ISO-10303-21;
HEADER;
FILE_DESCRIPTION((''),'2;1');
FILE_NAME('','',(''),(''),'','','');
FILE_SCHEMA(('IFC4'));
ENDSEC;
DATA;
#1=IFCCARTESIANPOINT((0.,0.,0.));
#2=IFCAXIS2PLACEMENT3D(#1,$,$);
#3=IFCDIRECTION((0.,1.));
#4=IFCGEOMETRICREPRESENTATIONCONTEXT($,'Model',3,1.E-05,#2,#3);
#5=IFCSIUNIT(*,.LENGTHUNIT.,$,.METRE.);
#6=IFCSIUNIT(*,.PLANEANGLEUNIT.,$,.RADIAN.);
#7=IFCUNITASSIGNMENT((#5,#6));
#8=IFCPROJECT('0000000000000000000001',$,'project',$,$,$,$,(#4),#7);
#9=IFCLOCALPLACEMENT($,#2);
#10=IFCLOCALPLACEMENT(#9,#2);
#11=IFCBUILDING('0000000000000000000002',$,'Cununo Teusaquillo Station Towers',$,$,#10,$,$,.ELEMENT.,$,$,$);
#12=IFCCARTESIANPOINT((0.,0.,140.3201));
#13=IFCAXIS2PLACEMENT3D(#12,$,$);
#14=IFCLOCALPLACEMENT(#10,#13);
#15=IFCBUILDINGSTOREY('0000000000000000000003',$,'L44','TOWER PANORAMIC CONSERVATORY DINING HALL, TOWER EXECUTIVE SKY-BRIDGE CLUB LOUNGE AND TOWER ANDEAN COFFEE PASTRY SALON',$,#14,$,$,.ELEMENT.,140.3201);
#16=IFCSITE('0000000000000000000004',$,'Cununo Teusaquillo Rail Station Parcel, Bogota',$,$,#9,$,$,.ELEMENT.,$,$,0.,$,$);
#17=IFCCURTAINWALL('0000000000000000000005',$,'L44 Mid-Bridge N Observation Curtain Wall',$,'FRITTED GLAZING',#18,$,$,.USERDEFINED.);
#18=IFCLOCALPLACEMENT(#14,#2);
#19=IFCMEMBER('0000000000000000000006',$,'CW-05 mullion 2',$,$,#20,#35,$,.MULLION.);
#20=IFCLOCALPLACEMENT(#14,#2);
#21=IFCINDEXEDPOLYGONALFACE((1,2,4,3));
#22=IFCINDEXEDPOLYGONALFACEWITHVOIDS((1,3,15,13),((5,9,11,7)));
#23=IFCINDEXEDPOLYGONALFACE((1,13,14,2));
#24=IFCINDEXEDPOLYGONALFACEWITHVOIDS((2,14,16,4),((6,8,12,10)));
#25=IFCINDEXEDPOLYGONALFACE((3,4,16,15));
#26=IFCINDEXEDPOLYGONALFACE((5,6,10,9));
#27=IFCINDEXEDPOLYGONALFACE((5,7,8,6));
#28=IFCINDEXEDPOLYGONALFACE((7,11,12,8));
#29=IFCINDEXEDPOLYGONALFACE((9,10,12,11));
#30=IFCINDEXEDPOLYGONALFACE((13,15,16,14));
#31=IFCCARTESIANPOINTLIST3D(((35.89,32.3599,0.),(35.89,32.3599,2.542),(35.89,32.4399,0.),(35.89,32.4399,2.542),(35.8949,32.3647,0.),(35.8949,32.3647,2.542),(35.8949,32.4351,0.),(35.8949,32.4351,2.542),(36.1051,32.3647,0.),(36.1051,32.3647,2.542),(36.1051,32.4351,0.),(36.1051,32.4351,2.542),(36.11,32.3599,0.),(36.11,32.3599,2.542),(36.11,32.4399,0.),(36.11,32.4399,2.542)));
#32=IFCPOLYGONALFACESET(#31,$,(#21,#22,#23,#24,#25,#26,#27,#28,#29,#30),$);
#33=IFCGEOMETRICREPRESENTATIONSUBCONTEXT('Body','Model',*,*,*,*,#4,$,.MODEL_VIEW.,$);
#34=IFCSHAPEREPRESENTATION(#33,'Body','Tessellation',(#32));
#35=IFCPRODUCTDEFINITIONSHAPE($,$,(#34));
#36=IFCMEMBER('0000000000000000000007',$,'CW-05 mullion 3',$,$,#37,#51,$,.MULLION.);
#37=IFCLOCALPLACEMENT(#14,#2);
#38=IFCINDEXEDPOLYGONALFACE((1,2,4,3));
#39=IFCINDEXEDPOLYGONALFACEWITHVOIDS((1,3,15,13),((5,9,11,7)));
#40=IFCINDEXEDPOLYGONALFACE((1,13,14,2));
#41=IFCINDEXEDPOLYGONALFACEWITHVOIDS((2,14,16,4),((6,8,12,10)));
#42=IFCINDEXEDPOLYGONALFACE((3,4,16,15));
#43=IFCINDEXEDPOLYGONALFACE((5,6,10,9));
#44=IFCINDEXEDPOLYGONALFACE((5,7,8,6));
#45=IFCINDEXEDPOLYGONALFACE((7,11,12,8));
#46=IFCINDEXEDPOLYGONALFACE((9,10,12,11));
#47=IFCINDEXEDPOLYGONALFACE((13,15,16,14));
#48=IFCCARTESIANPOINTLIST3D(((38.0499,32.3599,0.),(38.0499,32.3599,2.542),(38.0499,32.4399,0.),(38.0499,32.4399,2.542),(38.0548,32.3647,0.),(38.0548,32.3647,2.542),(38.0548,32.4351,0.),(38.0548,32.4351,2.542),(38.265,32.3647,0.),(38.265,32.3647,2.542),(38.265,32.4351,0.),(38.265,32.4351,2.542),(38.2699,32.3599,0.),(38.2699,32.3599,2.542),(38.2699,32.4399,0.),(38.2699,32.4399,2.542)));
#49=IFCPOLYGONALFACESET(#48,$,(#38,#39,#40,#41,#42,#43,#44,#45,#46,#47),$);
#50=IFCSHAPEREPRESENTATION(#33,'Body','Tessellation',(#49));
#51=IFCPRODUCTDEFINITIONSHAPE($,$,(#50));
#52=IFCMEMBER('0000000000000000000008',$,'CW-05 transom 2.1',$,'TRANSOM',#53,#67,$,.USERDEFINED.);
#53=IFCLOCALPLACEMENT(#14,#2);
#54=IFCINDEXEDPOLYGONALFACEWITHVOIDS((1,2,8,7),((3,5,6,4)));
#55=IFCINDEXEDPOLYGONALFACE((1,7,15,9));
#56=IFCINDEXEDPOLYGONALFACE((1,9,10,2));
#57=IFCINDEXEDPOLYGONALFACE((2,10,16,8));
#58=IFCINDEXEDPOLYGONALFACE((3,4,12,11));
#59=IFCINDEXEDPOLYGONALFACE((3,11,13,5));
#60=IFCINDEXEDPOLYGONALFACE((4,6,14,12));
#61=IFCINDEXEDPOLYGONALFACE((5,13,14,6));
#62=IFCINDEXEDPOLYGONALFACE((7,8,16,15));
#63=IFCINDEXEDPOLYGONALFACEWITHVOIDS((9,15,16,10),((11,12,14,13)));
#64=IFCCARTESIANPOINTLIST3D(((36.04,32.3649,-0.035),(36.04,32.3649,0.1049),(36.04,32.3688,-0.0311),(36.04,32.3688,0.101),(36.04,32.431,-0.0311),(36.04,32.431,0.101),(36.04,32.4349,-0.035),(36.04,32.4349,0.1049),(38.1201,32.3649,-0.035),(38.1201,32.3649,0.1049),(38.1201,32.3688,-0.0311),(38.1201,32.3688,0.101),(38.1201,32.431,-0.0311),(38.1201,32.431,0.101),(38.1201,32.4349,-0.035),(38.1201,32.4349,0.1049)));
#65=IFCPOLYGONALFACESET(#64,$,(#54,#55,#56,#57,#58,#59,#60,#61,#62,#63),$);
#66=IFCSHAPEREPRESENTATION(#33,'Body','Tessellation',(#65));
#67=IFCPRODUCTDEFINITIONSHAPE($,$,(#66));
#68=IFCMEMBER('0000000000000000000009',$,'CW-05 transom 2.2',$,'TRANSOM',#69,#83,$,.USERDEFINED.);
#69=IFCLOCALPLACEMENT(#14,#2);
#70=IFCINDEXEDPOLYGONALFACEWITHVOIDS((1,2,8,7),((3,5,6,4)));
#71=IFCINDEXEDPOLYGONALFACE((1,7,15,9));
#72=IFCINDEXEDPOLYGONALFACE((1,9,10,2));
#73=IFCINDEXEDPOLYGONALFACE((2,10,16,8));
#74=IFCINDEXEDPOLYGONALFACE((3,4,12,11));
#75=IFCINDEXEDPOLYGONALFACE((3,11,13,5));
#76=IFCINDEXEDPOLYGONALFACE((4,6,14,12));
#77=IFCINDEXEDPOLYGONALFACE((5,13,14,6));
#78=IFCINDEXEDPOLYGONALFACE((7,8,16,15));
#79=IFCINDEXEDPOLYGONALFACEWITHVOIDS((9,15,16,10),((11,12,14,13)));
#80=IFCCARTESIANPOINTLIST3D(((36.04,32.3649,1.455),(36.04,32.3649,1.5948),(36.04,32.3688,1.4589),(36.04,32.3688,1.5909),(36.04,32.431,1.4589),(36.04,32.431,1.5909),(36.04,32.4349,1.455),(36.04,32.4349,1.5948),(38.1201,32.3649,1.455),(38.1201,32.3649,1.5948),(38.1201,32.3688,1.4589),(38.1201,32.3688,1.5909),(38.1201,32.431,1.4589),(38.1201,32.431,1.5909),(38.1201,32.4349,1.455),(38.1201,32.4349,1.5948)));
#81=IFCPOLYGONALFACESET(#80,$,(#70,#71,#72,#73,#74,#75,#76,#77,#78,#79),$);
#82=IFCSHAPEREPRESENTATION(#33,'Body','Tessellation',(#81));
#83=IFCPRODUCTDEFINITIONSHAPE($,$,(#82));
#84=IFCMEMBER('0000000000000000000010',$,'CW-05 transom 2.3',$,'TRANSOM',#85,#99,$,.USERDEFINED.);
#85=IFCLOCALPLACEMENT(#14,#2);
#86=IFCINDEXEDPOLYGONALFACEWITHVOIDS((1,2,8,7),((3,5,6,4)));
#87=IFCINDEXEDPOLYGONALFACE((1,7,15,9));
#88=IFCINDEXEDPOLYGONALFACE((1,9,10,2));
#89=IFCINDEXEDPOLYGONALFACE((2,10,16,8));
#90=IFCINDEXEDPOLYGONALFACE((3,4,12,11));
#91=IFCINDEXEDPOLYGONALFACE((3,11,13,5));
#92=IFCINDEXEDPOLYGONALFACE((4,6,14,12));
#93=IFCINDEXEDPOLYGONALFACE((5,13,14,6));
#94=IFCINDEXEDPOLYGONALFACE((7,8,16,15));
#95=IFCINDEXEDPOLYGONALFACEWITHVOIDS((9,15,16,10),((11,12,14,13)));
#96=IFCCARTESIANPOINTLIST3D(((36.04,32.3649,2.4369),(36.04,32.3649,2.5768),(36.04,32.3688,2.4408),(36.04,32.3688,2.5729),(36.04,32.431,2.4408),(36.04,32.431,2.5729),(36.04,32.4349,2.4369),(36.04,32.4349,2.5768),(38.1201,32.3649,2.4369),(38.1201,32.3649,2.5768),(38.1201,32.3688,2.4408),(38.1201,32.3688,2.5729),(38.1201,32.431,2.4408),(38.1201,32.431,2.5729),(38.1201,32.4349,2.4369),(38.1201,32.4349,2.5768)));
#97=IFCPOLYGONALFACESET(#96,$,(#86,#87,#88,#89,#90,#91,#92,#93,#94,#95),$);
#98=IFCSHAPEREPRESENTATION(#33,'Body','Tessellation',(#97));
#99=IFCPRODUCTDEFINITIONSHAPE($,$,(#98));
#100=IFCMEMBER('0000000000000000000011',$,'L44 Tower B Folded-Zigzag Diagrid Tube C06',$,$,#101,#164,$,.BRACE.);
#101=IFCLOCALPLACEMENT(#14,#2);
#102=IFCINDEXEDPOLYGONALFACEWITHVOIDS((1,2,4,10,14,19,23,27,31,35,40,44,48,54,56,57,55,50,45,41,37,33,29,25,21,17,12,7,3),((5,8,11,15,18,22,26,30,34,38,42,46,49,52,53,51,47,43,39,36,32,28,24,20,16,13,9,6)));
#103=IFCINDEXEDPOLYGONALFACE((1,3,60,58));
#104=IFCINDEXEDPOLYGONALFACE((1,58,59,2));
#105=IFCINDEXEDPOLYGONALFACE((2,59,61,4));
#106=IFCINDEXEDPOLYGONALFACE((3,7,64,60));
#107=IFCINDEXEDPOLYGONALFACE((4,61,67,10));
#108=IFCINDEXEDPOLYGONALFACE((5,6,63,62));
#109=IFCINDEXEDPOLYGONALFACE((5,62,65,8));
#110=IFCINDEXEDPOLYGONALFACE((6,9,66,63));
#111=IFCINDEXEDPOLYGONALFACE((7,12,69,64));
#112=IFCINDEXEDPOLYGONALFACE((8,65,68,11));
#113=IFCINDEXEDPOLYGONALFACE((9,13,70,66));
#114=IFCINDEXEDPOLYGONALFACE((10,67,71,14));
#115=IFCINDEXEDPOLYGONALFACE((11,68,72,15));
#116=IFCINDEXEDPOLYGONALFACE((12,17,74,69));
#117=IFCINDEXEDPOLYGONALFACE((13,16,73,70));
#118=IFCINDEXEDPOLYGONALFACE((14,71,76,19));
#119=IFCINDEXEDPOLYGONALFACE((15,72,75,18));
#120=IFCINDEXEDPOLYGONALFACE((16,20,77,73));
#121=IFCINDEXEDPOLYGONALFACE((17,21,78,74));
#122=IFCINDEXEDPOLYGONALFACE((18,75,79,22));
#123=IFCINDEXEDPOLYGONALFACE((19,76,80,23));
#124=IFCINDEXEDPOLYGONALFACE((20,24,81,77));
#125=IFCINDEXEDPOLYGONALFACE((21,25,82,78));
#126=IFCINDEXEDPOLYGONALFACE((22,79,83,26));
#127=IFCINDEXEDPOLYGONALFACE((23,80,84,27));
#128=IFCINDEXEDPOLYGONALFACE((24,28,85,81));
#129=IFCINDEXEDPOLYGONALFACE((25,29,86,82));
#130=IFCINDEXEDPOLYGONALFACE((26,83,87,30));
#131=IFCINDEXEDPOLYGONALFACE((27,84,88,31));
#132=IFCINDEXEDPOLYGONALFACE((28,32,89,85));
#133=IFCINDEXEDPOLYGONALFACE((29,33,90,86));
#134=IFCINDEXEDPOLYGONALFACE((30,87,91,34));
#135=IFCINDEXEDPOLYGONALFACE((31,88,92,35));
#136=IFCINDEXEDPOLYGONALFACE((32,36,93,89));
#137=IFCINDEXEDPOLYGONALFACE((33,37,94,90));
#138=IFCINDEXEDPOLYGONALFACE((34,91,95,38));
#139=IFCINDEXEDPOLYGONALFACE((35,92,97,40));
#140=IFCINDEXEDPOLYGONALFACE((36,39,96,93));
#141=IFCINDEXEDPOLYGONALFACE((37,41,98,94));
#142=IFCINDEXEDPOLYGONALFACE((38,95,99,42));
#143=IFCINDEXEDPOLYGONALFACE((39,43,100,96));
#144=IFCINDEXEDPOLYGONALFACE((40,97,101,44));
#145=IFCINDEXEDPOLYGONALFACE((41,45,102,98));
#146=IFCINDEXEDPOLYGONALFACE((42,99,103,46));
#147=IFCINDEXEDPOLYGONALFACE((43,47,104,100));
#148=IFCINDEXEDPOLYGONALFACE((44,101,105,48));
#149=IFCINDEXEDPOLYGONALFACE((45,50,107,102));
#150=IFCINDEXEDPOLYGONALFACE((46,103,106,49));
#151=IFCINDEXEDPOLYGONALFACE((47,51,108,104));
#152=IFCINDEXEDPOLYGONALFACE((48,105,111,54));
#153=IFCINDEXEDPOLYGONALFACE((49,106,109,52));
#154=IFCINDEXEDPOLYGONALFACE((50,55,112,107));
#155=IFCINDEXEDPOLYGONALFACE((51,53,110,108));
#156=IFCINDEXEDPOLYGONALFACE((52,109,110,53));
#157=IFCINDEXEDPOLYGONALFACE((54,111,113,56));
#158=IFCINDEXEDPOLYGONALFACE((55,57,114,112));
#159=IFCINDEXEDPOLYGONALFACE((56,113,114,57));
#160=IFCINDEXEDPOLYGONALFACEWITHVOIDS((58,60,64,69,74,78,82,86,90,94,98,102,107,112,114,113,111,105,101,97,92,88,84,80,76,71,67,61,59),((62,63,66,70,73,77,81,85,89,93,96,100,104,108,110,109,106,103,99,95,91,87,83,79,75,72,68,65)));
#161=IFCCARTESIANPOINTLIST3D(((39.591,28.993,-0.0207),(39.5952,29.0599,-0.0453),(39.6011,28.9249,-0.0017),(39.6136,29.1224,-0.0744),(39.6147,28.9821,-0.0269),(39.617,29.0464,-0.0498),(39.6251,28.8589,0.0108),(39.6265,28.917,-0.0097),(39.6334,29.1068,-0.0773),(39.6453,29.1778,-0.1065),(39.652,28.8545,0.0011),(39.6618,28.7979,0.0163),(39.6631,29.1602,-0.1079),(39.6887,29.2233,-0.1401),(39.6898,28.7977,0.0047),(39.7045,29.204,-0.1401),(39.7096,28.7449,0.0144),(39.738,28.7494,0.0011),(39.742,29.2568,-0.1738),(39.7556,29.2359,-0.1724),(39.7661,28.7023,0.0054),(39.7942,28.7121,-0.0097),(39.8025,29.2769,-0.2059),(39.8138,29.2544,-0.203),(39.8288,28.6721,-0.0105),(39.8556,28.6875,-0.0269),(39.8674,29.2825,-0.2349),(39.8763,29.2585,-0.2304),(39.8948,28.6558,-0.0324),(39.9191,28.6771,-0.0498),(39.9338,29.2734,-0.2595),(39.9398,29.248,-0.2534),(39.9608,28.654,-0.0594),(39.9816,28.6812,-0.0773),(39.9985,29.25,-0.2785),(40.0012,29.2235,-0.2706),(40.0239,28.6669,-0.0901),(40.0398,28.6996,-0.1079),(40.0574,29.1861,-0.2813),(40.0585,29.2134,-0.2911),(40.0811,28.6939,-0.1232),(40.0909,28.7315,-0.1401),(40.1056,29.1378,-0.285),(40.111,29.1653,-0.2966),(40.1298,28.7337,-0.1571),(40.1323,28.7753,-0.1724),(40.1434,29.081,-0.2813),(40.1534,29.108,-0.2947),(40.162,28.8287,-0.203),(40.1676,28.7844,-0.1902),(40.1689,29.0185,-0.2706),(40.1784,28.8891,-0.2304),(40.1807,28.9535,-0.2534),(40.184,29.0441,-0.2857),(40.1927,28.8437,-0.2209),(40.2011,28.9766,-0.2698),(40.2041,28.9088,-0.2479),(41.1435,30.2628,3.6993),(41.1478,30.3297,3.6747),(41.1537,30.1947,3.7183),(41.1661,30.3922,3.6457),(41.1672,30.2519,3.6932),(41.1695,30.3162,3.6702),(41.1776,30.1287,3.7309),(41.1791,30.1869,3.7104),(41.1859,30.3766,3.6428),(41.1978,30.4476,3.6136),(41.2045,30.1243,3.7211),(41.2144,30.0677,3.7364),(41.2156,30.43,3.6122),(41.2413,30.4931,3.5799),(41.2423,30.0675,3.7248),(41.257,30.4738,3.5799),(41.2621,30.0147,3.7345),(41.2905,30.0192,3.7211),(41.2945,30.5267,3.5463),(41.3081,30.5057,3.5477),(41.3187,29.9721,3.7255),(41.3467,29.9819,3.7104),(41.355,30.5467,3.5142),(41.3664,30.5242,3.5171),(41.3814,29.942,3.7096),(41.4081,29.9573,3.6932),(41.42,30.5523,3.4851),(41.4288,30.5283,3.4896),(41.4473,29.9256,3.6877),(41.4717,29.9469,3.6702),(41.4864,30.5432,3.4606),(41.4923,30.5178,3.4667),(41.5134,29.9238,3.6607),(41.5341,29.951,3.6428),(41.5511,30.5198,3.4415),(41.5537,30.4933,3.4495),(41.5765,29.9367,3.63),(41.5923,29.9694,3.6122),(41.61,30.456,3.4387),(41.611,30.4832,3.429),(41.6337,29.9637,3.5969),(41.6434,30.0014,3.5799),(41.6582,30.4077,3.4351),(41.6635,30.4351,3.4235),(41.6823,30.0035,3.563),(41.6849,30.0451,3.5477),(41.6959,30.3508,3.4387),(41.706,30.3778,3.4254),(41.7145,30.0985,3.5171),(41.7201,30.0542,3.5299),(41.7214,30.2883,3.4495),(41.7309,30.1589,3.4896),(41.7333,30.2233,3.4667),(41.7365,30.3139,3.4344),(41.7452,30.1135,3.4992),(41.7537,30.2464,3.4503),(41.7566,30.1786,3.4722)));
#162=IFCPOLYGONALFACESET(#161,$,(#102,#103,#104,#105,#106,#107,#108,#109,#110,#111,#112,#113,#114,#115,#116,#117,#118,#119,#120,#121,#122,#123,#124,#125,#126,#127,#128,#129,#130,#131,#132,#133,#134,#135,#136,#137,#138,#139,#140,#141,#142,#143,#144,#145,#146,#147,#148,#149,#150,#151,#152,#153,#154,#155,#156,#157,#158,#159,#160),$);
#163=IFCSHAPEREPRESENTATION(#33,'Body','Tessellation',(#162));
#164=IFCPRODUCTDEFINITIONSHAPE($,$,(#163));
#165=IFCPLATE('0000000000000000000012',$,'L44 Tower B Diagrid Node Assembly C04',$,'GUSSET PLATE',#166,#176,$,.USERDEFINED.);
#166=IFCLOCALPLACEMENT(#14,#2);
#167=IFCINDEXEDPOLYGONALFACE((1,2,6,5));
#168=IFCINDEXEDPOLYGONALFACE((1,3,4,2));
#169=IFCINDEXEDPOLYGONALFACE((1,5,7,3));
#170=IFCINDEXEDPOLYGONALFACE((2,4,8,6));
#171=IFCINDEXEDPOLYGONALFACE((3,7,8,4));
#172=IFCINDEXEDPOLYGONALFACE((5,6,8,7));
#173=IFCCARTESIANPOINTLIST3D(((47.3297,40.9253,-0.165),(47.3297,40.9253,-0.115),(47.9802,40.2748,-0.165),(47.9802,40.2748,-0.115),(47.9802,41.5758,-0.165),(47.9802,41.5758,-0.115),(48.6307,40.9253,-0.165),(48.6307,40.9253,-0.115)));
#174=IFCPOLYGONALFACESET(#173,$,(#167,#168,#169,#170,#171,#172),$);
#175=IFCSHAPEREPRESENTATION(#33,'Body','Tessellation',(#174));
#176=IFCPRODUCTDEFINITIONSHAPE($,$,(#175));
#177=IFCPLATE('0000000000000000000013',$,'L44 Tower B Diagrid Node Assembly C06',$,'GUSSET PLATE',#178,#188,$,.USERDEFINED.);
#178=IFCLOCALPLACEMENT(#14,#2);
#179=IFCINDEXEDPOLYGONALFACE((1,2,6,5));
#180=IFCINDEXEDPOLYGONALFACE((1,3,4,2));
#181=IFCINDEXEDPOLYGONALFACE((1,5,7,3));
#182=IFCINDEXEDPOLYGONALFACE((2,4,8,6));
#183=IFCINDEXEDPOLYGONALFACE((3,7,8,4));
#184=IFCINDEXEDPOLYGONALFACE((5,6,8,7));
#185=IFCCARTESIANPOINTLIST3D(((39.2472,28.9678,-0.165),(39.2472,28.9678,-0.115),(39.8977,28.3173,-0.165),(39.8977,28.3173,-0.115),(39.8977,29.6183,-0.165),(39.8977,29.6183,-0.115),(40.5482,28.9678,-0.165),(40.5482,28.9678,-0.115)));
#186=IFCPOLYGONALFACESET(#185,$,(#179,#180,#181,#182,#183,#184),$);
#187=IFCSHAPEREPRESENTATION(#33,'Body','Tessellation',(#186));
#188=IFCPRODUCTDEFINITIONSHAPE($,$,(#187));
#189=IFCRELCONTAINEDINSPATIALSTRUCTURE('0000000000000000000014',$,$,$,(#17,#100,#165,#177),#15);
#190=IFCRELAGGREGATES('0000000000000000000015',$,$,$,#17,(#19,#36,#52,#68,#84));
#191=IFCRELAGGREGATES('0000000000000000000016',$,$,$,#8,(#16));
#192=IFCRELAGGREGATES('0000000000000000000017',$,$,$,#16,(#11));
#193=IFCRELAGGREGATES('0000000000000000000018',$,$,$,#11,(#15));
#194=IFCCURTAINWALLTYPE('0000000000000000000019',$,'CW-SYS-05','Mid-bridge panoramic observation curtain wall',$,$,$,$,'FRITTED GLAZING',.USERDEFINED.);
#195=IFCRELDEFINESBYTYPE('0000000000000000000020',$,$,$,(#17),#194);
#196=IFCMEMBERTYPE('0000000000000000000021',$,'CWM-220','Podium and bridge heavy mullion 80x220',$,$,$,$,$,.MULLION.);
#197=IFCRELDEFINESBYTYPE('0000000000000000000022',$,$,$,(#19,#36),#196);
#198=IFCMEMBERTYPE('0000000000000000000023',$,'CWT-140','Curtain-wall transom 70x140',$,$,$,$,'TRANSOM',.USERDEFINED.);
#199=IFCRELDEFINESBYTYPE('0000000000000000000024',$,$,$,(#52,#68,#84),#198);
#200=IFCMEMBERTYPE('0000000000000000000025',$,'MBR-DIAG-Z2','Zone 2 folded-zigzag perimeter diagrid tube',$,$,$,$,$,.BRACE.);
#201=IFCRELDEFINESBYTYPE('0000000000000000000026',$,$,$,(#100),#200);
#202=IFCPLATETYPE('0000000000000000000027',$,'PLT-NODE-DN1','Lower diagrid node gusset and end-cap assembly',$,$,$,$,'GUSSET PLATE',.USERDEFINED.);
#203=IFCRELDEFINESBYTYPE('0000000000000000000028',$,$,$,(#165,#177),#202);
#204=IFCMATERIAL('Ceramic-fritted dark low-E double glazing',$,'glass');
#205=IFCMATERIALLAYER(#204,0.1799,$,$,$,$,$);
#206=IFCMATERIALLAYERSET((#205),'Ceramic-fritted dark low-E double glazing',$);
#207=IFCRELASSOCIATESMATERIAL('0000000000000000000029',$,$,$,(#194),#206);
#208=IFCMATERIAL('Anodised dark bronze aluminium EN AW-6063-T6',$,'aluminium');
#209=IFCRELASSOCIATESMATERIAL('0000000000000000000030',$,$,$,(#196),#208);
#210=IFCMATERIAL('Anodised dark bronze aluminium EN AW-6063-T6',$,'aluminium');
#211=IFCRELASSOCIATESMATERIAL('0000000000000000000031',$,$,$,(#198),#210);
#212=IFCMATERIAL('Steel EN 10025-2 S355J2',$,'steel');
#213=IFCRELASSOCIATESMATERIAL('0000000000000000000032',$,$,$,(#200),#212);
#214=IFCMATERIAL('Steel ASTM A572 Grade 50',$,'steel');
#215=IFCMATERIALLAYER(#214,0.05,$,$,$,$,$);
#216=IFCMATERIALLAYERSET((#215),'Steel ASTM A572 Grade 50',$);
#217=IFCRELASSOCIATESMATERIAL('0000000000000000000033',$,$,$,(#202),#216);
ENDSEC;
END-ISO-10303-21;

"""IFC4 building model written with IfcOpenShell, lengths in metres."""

from ifc_helpers import new_model, si_unit, direction, frame, origin, origin_2d, place, context, subcontext, project, spatial, rectangle, hollow_rectangle, hollow_circle, extrude, source, transform, mapped, material, layer, layer_set, material_profile, profile_set, type_object, element, aggregate, save


model = new_model("IFC4")

# Units and contexts
model_context = context("Model", 3, precision=1e-05, world=origin(), true_north=direction((0.0, 1.0)))
body_context = subcontext(model_context, "Body", "Model", "MODEL_VIEW")
ifc_project = project(units=[si_unit("LENGTHUNIT", "METRE"), si_unit("PLANEANGLEUNIT", "RADIAN")], contexts=[model_context])

# Site, building, storey
site_placement = place(None, origin())
site = spatial("IfcSite", under=ifc_project, at=site_placement, Name="Cununo Teusaquillo Rail Station Parcel, Bogota", CompositionType="ELEMENT", RefElevation=0.0)
building_placement = place(site_placement, origin())
building = spatial("IfcBuilding", under=site, at=building_placement, Name="Cununo Teusaquillo Station Towers", CompositionType="ELEMENT")
storey_placement = place(building_placement, frame((0.0, 0.0, 140.3201)))
storey = spatial("IfcBuildingStorey", under=building, at=storey_placement, Name="L44", Description="TOWER PANORAMIC CONSERVATORY DINING HALL, TOWER EXECUTIVE SKY-BRIDGE CLUB LOUNGE AND TOWER ANDEAN COFFEE PASTRY SALON", CompositionType="ELEMENT", Elevation=140.3201)

# Curtain wall, members
ifc_material_1 = material(Name="Ceramic-fritted dark low-E double glazing", Category="glass")
ifc_layer_1 = layer(ifc_material_1, 0.1799)
ifc_layer_set_1 = layer_set([ifc_layer_1], Name="Ceramic-fritted dark low-E double glazing")
curtain_wall_type = type_object("IfcCurtainWallType", Name="CW-SYS-05", Description="Mid-bridge panoramic observation curtain wall", ElementType="FRITTED GLAZING", PredefinedType="USERDEFINED", material=ifc_layer_set_1)
curtain_wall_placement = place(storey_placement, origin())
curtain_wall = element("IfcCurtainWall", 1, at=curtain_wall_placement, inside=storey, type_object=curtain_wall_type, Name="L44 Mid-Bridge N Observation Curtain Wall", ObjectType="FRITTED GLAZING", PredefinedType="USERDEFINED")
ifc_material_2 = material(Name="Anodised dark bronze aluminium EN AW-6063-T6", Category="aluminium")
ifc_material_profile_1 = material_profile(ifc_material_2, hollow_rectangle(XDim=0.0801, YDim=0.22, WallThickness=0.0049, at=origin_2d()), Name="CW-MULL-80x220")
ifc_profile_set_1 = profile_set([ifc_material_profile_1], Name="Anodised dark bronze aluminium EN AW-6063-T6")
member_type_1 = type_object("IfcMemberType", Name="CWM-220", Description="Podium and bridge heavy mullion 80x220", PredefinedType="MULLION", material=ifc_profile_set_1)
member_1_placement = place(storey_placement, frame((36.0, 32.3999, 0.0), z_axis=(0.0, 0.0, 1.0), x_axis=(0.0, 1.0, 0.0)))
member_1 = element("IfcMember", 2, at=member_1_placement, type_object=member_type_1, Name="CW-05 mullion 2", PredefinedType="MULLION", context=body_context, shape_type="SweptSolid", body=[
    extrude(hollow_rectangle(XDim=0.0801, YDim=0.22, WallThickness=0.0049, at=origin_2d()), origin(), (0.0, 0.0, 1.0), 2.542),
])
member_2_placement = place(storey_placement, frame((38.1599, 32.3999, 0.0), z_axis=(0.0, 0.0, 1.0), x_axis=(0.0, 1.0, 0.0)))
member_2 = element("IfcMember", 3, at=member_2_placement, type_object=member_type_1, Name="CW-05 mullion 3", PredefinedType="MULLION", context=body_context, shape_type="SweptSolid", body=[
    extrude(hollow_rectangle(XDim=0.0801, YDim=0.22, WallThickness=0.0049, at=origin_2d()), origin(), (0.0, 0.0, 1.0), 2.542),
])
ifc_material_3 = material(Name="Anodised dark bronze aluminium EN AW-6063-T6", Category="aluminium")
ifc_material_profile_2 = material_profile(ifc_material_3, hollow_rectangle(XDim=0.0701, YDim=0.1399, WallThickness=0.0039, at=origin_2d()), Name="CW-TRAN-70x140")
ifc_profile_set_2 = profile_set([ifc_material_profile_2], Name="Anodised dark bronze aluminium EN AW-6063-T6")
member_type_2 = type_object("IfcMemberType", Name="CWT-140", Description="Curtain-wall transom 70x140", ElementType="TRANSOM", PredefinedType="USERDEFINED", material=ifc_profile_set_2)
member_3_placement = place(storey_placement, frame((36.04, 32.3999, 0.0349), z_axis=(1.0, 0.0, 0.0), x_axis=(0.0, 1.0, 0.0)))
member_3 = element("IfcMember", 4, at=member_3_placement, type_object=member_type_2, Name="CW-05 transom 2.1", ObjectType="TRANSOM", PredefinedType="USERDEFINED", context=body_context, shape_type="SweptSolid", body=[
    extrude(hollow_rectangle(XDim=0.0701, YDim=0.1399, WallThickness=0.0039, at=origin_2d()), origin(), (0.0, 0.0, 1.0), 2.0801),
])
member_4_placement = place(storey_placement, frame((36.04, 32.3999, 1.5249), z_axis=(1.0, 0.0, 0.0), x_axis=(0.0, 1.0, 0.0)))
member_4 = element("IfcMember", 5, at=member_4_placement, type_object=member_type_2, Name="CW-05 transom 2.2", ObjectType="TRANSOM", PredefinedType="USERDEFINED", context=body_context, shape_type="SweptSolid", body=[
    extrude(hollow_rectangle(XDim=0.0701, YDim=0.1399, WallThickness=0.0039, at=origin_2d()), origin(), (0.0, 0.0, 1.0), 2.0801),
])
member_5_placement = place(storey_placement, frame((36.04, 32.3999, 2.5068), z_axis=(1.0, 0.0, 0.0), x_axis=(0.0, 1.0, 0.0)))
member_5 = element("IfcMember", 6, at=member_5_placement, type_object=member_type_2, Name="CW-05 transom 2.3", ObjectType="TRANSOM", PredefinedType="USERDEFINED", context=body_context, shape_type="SweptSolid", body=[
    extrude(hollow_rectangle(XDim=0.0701, YDim=0.1399, WallThickness=0.0039, at=origin_2d()), origin(), (0.0, 0.0, 1.0), 2.0801),
])

# Member
ifc_material_4 = material(Name="Steel EN 10025-2 S355J2", Category="steel")
ifc_material_profile_3 = material_profile(ifc_material_4, hollow_circle(Radius=0.3301, WallThickness=0.0249, at=origin_2d()), Name="CHS 660x25")
ifc_profile_set_3 = profile_set([ifc_material_profile_3], Name="Steel EN 10025-2 S355J2")
member_type_3 = type_object("IfcMemberType", Name="MBR-DIAG-Z2", Description="Zone 2 folded-zigzag perimeter diagrid tube", PredefinedType="BRACE", material=ifc_profile_set_3)
member_6_placement = place(storey_placement, frame((39.8977, 28.9678, -0.1401), z_axis=(0.367349, 0.300453, 0.880217), x_axis=(-0.633105, 0.774066, 0.0)))
element("IfcMember", 7, at=member_6_placement, inside=storey, type_object=member_type_3, Name="L44 Tower B Folded-Zigzag Diagrid Tube C06", PredefinedType="BRACE", context=body_context, shape_type="SweptSolid", body=[
    extrude(hollow_circle(Radius=0.3301, WallThickness=0.0249, at=origin_2d()), origin(), (0.0, 0.0, 1.0), 4.2263),
])

# Plates
ifc_material_5 = material(Name="Steel ASTM A572 Grade 50", Category="steel")
ifc_layer_2 = layer(ifc_material_5, 0.05)
ifc_layer_set_2 = layer_set([ifc_layer_2], Name="Steel ASTM A572 Grade 50")
plate_type_1 = type_object("IfcPlateType", Name="PLT-NODE-DN1", Description="Lower diagrid node gusset and end-cap assembly", ElementType="GUSSET PLATE", PredefinedType="USERDEFINED", material=ifc_layer_set_2)
shared_shape_1 = source(origin(), body_context, "Body", "SweptSolid", [
    extrude(rectangle(XDim=0.9199, YDim=0.9199, at=origin_2d()), origin(), (0.0, 0.0, 1.0), 0.05),
])
for number, where, z_axis, x_axis, name in (
    (8, (47.9802, 40.9253, -0.165), (0.0, 0.0, 1.0), (0.707107, 0.707107, 0.0), "L44 Tower B Diagrid Node Assembly C04"),
    (9, (39.8977, 28.9678, -0.165), (0.0, 0.0, 1.0), (0.707107, 0.707107, 0.0), "L44 Tower B Diagrid Node Assembly C06"),
):
    element("IfcPlate", number, at=place(storey_placement, frame(where, z_axis=z_axis, x_axis=x_axis)), inside=storey, type_object=plate_type_1, Name=name, ObjectType="GUSSET PLATE", PredefinedType="USERDEFINED", context=body_context, shape_type="MappedRepresentation", body=[
        mapped(shared_shape_1, transform((0.0, 0.0, 0.0), x_axis=(1.0, 0.0, 0.0), y_axis=(0.0, 1.0, 0.0), z_axis=(0.0, 0.0, 1.0), scale=1.0)),
    ])

aggregate(curtain_wall, [member_1, member_2, member_3, member_4, member_5])

save(model, "model.ifc")
